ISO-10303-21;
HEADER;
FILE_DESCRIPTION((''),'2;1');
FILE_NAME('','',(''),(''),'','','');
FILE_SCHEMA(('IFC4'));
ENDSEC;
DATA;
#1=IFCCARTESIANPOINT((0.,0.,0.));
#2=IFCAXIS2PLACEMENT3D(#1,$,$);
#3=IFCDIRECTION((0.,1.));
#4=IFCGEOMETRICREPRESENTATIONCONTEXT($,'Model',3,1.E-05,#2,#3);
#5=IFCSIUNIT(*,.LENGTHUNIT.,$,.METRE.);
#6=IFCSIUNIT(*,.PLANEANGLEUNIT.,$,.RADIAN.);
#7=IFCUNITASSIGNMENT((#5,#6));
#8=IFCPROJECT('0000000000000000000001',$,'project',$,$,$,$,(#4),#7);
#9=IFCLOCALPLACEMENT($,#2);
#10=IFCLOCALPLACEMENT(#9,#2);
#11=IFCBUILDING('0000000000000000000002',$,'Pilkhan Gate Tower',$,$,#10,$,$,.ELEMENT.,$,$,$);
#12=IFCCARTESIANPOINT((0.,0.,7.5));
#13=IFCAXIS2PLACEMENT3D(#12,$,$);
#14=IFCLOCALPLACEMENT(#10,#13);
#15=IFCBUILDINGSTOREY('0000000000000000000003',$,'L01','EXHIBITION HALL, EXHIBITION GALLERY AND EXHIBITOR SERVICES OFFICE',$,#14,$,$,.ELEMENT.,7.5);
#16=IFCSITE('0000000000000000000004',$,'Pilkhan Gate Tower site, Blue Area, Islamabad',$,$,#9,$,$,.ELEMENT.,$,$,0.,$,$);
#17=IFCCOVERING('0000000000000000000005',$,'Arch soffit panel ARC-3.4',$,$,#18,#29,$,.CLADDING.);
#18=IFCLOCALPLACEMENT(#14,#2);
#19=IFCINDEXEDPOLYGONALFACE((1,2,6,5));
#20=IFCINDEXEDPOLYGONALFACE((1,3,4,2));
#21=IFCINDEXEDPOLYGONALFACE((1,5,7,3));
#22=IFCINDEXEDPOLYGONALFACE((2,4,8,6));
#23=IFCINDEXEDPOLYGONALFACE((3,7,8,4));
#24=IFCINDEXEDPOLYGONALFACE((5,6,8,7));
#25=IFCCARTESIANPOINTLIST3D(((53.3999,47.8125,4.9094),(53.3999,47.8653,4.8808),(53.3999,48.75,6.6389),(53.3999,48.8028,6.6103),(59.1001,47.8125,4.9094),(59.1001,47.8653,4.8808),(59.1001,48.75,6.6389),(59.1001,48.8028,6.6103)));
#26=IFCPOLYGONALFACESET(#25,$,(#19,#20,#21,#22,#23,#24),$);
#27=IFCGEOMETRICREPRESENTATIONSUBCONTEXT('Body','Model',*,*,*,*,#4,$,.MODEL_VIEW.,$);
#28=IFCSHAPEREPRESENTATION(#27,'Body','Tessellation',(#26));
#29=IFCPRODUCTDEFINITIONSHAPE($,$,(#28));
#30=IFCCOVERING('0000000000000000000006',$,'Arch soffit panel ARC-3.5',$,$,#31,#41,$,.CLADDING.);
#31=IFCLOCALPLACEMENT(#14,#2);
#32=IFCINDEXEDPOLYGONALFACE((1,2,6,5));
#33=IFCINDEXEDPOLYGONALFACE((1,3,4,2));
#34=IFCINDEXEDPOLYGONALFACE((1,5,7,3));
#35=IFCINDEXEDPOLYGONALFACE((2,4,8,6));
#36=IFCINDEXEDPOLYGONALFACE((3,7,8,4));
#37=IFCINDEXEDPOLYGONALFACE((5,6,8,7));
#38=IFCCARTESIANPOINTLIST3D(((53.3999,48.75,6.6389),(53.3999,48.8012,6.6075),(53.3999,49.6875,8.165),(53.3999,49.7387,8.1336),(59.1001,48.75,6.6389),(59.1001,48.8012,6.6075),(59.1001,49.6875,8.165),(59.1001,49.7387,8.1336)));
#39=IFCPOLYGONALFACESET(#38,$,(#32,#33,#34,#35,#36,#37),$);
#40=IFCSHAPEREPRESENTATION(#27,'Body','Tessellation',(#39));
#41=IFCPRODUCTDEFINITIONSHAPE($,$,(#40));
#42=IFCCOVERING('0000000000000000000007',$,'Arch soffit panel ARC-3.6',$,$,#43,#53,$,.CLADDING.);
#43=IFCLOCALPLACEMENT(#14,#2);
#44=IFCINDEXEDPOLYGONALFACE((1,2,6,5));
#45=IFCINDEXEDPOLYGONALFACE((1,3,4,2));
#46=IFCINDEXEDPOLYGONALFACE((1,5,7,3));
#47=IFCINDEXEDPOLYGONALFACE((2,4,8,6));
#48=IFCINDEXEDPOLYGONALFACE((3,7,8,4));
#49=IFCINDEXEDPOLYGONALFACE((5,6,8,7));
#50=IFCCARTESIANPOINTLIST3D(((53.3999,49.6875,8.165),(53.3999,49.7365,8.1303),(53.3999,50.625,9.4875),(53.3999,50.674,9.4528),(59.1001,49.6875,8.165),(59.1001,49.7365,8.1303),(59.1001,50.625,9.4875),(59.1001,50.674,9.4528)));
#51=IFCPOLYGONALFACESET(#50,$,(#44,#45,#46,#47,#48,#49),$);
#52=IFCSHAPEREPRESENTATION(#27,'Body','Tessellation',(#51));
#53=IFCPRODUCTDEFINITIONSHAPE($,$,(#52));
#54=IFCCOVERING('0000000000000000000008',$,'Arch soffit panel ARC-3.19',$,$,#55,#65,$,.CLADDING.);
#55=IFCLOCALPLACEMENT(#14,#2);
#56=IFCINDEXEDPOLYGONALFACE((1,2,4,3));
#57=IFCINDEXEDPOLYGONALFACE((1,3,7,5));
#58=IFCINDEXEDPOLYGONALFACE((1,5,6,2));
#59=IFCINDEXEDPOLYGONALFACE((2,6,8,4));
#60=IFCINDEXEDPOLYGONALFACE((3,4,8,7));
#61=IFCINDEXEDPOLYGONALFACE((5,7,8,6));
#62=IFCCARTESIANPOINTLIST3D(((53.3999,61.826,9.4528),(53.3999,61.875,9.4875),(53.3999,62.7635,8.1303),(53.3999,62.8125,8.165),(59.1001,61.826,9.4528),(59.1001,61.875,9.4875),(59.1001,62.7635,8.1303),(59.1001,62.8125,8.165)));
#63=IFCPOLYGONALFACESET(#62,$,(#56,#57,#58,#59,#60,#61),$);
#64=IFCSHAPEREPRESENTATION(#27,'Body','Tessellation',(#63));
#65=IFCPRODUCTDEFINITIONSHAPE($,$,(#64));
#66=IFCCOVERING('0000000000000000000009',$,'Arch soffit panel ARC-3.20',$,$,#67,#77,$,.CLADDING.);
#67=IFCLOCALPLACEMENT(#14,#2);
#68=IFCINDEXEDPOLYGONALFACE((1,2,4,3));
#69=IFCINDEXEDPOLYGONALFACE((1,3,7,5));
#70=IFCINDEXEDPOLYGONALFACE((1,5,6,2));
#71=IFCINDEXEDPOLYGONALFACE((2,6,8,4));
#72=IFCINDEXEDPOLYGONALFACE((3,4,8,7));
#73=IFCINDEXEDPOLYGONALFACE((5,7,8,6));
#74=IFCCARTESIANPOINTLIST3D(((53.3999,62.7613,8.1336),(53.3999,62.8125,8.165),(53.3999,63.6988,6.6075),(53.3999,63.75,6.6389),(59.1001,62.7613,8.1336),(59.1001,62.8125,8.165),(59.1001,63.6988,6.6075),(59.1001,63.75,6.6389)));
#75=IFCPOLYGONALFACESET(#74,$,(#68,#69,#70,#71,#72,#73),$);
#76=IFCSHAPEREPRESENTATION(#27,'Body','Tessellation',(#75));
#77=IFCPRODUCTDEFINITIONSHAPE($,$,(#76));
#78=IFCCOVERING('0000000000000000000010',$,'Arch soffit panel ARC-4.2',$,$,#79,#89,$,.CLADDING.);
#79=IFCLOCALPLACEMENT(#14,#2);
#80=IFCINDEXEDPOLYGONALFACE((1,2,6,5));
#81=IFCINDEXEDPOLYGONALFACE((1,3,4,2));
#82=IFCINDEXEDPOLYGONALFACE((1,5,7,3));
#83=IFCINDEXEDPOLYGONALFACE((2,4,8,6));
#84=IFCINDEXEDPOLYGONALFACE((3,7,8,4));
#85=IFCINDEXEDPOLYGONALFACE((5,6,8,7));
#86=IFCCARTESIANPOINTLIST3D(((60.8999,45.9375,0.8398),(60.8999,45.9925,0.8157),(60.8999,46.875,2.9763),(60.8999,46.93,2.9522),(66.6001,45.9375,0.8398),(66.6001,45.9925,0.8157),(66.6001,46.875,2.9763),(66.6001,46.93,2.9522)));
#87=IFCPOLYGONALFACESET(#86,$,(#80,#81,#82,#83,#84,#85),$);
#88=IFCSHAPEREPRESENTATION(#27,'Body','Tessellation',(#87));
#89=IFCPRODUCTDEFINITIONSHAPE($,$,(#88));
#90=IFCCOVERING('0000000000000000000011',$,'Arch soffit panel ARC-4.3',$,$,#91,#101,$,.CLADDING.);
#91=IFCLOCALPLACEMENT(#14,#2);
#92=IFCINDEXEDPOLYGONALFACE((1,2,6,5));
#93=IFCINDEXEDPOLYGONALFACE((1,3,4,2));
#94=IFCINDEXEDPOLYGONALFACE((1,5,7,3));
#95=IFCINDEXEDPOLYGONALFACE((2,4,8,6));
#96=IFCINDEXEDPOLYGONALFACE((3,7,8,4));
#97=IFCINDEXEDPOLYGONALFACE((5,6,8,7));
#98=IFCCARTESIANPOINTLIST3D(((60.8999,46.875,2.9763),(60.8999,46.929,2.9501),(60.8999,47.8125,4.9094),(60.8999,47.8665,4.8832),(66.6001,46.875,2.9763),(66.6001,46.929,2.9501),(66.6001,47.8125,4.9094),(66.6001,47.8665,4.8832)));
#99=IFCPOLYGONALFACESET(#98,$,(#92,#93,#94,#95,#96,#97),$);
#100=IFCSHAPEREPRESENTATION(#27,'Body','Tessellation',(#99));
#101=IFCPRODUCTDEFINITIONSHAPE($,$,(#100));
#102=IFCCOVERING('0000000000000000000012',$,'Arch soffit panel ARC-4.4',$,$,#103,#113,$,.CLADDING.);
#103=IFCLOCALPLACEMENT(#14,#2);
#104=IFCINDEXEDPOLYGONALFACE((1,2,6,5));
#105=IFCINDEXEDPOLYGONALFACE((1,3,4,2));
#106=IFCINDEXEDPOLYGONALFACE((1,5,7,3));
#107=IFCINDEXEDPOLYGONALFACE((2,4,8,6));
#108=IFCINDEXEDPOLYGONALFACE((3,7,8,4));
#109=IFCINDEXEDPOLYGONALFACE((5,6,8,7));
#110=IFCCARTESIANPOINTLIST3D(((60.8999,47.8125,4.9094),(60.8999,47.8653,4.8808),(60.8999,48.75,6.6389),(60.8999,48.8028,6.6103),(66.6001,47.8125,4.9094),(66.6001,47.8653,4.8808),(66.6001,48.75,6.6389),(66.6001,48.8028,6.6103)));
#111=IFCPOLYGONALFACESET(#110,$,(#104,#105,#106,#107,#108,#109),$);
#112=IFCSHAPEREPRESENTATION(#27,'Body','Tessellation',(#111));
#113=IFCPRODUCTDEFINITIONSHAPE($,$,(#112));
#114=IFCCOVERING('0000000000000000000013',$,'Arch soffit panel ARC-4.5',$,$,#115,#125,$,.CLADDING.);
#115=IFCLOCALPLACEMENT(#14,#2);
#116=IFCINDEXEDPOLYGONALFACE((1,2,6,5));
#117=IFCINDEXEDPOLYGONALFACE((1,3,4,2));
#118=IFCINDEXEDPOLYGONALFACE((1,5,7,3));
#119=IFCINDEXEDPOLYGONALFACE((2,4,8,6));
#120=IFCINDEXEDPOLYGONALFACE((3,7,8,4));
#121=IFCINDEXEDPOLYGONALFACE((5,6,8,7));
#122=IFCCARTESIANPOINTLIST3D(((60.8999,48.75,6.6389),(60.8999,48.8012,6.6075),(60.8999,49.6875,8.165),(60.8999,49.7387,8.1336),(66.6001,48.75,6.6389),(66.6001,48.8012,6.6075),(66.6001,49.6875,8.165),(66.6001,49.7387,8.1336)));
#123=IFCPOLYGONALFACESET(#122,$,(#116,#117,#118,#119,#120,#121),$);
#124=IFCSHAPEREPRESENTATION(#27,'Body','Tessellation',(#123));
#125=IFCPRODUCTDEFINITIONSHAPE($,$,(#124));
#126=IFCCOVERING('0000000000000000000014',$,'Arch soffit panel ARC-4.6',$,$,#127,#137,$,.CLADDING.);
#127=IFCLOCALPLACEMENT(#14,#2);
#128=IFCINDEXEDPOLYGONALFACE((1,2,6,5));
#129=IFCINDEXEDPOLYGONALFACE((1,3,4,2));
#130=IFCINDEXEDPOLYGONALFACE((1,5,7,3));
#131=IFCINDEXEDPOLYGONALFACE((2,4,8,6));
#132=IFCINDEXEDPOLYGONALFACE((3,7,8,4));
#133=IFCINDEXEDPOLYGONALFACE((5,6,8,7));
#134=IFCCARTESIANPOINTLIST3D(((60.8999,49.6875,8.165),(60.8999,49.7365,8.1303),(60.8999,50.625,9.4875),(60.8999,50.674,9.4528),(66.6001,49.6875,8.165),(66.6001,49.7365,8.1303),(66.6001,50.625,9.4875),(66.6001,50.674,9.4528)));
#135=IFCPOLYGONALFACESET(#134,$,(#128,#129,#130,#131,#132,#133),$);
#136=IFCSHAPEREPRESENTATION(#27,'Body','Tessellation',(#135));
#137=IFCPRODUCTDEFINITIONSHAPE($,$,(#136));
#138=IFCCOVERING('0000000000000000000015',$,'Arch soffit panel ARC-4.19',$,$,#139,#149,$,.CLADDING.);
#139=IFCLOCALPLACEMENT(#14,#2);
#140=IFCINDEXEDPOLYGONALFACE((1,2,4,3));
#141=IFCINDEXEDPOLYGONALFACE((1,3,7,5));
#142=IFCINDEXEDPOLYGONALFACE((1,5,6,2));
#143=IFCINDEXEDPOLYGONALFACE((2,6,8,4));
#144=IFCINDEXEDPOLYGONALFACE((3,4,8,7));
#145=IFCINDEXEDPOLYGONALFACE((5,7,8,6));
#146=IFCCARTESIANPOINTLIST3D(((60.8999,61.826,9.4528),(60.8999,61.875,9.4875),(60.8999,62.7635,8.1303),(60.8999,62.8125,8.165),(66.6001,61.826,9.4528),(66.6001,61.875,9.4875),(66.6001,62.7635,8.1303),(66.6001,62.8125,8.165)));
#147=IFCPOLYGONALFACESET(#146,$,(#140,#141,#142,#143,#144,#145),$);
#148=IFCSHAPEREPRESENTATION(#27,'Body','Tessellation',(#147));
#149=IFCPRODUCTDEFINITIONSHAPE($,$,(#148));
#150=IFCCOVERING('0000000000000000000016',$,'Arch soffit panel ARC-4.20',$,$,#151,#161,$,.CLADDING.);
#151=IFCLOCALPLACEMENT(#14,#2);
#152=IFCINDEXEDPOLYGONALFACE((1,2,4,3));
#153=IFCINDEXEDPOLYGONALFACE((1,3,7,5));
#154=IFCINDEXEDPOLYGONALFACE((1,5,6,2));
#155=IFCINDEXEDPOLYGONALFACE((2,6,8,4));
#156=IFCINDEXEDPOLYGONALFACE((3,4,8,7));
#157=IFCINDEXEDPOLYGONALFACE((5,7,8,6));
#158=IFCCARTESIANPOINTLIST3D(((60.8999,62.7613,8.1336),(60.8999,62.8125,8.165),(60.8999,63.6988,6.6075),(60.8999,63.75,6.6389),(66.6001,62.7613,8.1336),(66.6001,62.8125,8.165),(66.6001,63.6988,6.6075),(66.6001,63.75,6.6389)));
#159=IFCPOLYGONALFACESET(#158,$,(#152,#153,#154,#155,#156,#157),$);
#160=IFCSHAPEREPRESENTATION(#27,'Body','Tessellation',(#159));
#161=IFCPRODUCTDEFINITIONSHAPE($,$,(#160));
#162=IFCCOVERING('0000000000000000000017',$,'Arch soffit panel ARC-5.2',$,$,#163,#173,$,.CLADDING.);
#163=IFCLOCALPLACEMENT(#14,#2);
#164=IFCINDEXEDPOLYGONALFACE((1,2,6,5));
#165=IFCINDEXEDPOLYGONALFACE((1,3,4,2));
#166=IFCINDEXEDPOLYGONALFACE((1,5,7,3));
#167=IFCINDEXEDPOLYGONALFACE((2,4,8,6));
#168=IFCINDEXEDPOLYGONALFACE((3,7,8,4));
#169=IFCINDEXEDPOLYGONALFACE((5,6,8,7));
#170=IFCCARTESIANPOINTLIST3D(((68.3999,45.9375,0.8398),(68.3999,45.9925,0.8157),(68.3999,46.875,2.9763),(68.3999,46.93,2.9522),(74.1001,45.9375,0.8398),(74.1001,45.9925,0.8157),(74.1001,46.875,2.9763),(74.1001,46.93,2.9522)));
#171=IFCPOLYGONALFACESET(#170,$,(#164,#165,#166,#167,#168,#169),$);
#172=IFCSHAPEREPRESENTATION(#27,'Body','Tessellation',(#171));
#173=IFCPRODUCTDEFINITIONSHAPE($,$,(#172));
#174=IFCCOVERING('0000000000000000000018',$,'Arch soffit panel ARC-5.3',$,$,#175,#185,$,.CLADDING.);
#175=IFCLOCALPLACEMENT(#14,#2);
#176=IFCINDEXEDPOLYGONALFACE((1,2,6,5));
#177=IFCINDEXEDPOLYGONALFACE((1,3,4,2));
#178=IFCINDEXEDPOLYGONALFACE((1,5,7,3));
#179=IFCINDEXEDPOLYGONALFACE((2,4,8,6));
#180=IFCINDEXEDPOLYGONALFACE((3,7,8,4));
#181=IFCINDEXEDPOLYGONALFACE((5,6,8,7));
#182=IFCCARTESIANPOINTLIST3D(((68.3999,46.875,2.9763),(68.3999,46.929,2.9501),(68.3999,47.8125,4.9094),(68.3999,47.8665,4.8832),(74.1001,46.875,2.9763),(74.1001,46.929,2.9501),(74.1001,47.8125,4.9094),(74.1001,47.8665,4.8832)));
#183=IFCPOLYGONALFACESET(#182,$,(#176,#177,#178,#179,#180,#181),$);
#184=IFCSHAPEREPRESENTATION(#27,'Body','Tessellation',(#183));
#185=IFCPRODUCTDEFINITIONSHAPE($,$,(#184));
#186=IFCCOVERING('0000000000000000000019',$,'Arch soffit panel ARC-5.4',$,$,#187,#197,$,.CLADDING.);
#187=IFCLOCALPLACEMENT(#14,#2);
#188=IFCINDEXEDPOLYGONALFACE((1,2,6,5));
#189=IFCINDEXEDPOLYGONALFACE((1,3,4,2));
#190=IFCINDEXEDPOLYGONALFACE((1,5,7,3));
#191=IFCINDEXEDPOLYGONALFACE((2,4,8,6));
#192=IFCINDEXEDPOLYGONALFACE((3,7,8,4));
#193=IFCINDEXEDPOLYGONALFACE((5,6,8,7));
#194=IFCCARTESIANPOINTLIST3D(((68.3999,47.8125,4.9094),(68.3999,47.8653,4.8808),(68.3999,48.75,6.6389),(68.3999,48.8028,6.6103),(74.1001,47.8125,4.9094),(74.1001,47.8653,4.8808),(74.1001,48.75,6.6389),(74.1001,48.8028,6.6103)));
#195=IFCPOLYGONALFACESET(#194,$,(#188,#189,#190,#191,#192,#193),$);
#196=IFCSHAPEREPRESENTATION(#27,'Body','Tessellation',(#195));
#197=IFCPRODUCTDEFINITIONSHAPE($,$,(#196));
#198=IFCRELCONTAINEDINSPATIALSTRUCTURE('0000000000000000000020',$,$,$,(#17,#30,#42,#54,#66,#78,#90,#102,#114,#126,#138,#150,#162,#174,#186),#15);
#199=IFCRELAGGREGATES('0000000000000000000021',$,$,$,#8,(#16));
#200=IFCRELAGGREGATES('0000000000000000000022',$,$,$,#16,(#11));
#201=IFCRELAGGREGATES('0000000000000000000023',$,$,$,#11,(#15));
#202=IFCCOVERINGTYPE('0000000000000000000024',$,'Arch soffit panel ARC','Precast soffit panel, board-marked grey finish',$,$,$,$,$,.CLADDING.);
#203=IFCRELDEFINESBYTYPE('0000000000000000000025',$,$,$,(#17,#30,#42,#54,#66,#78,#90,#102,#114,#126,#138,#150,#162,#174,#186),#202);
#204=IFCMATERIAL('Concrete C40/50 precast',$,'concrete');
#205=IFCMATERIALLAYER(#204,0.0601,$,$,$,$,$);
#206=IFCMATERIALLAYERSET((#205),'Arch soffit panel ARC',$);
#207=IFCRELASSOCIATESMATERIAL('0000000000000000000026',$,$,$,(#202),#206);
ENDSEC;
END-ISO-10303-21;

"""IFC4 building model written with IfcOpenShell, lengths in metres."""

from ifc_helpers import new_model, si_unit, direction, frame, origin, place, context, subcontext, project, spatial, polyline, outline, extrude, material, layer, layer_set, type_object, element, save


model = new_model("IFC4")

# Units and contexts
model_context = context("Model", 3, precision=1e-05, world=origin(), true_north=direction((0.0, 1.0)))
body_context = subcontext(model_context, "Body", "Model", "MODEL_VIEW")
ifc_project = project(units=[si_unit("LENGTHUNIT", "METRE"), si_unit("PLANEANGLEUNIT", "RADIAN")], contexts=[model_context])

# Site, building, storey
site_placement = place(None, origin())
site = spatial("IfcSite", under=ifc_project, at=site_placement, Name="Pilkhan Gate Tower site, Blue Area, Islamabad", CompositionType="ELEMENT", RefElevation=0.0)
building_placement = place(site_placement, origin())
building = spatial("IfcBuilding", under=site, at=building_placement, Name="Pilkhan Gate Tower", CompositionType="ELEMENT")
storey_placement = place(building_placement, frame((0.0, 0.0, 7.5)))
storey = spatial("IfcBuildingStorey", under=building, at=storey_placement, Name="L01", Description="EXHIBITION HALL, EXHIBITION GALLERY AND EXHIBITOR SERVICES OFFICE", CompositionType="ELEMENT", Elevation=7.5)

# Coverings
ifc_material_1 = material(Name="Concrete C40/50 precast", Category="concrete")
ifc_layer_1 = layer(ifc_material_1, 0.0601)
ifc_layer_set_1 = layer_set([ifc_layer_1], Name="Arch soffit panel ARC")
covering_type = type_object("IfcCoveringType", Name="Arch soffit panel ARC", Description="Precast soffit panel, board-marked grey finish", PredefinedType="CLADDING", material=ifc_layer_set_1)
covering_1_placement = place(storey_placement, frame((53.3999, 47.8125, 4.9094), z_axis=(0.0, -0.879145, 0.476555), x_axis=(1.0, 0.0, 0.0)))
element("IfcCovering", 1, at=covering_1_placement, inside=storey, type_object=covering_type, Name="Arch soffit panel ARC-3.4", PredefinedType="CLADDING", context=body_context, shape_type="SweptSolid", body=[
    extrude(outline(polyline([(0.0, 0.0), (5.7002, 0.0), (5.7002, 1.9672), (0.0, 1.9672), (0.0, 0.0)])), origin(), (0.0, 0.0, -1.0), 0.0601),
])
covering_2_placement = place(storey_placement, frame((53.3999, 48.75, 6.6389), z_axis=(0.0, -0.85207, 0.523428), x_axis=(1.0, 0.0, 0.0)))
element("IfcCovering", 2, at=covering_2_placement, inside=storey, type_object=covering_type, Name="Arch soffit panel ARC-3.5", PredefinedType="CLADDING", context=body_context, shape_type="SweptSolid", body=[
    extrude(outline(polyline([(0.0, 0.0), (5.7002, 0.0), (5.7002, 1.7911), (0.0, 1.7911), (0.0, 0.0)])), origin(), (0.0, 0.0, -1.0), 0.0601),
])
for number, where, z_axis, x_axis, name in (
    (3, (53.3999, 49.6875, 8.165), (0.0, -0.815814, 0.578314), (1.0, 0.0, 0.0), "Arch soffit panel ARC-3.6"),
    (4, (53.3999, 61.875, 9.4875), (0.0, 0.815814, 0.578314), (1.0, 0.0, 0.0), "Arch soffit panel ARC-3.19"),
):
    element("IfcCovering", number, at=place(storey_placement, frame(where, z_axis=z_axis, x_axis=x_axis)), inside=storey, type_object=covering_type, Name=name, PredefinedType="CLADDING", context=body_context, shape_type="SweptSolid", body=[
        extrude(outline(polyline([(0.0, 0.0), (5.7002, 0.0), (5.7002, 1.6211), (0.0, 1.6211), (0.0, 0.0)])), origin(), (0.0, 0.0, -1.0), 0.0601),
    ])
covering_3_placement = place(storey_placement, frame((53.3999, 62.8125, 8.165), z_axis=(0.0, 0.85207, 0.523428), x_axis=(1.0, 0.0, 0.0)))
element("IfcCovering", 5, at=covering_3_placement, inside=storey, type_object=covering_type, Name="Arch soffit panel ARC-3.20", PredefinedType="CLADDING", context=body_context, shape_type="SweptSolid", body=[
    extrude(outline(polyline([(0.0, 0.0), (5.7002, 0.0), (5.7002, 1.7911), (0.0, 1.7911), (0.0, 0.0)])), origin(), (0.0, 0.0, -1.0), 0.0601),
])
covering_4_placement = place(storey_placement, frame((60.8999, 45.9375, 0.8398), z_axis=(0.0, -0.915717, 0.401823), x_axis=(1.0, 0.0, 0.0)))
element("IfcCovering", 6, at=covering_4_placement, inside=storey, type_object=covering_type, Name="Arch soffit panel ARC-4.2", PredefinedType="CLADDING", context=body_context, shape_type="SweptSolid", body=[
    extrude(outline(polyline([(0.0, 0.0), (5.7002, 0.0), (5.7002, 2.3331), (0.0, 2.3331), (0.0, 0.0)])), origin(), (0.0, 0.0, -1.0), 0.0601),
])
covering_5_placement = place(storey_placement, frame((60.8999, 46.875, 2.9763), z_axis=(0.0, -0.899771, 0.436363), x_axis=(1.0, 0.0, 0.0)))
element("IfcCovering", 7, at=covering_5_placement, inside=storey, type_object=covering_type, Name="Arch soffit panel ARC-4.3", PredefinedType="CLADDING", context=body_context, shape_type="SweptSolid", body=[
    extrude(outline(polyline([(0.0, 0.0), (5.7002, 0.0), (5.7002, 2.1484), (0.0, 2.1484), (0.0, 0.0)])), origin(), (0.0, 0.0, -1.0), 0.0601),
])
covering_6_placement = place(storey_placement, frame((60.8999, 47.8125, 4.9094), z_axis=(0.0, -0.879145, 0.476555), x_axis=(1.0, 0.0, 0.0)))
element("IfcCovering", 8, at=covering_6_placement, inside=storey, type_object=covering_type, Name="Arch soffit panel ARC-4.4", PredefinedType="CLADDING", context=body_context, shape_type="SweptSolid", body=[
    extrude(outline(polyline([(0.0, 0.0), (5.7002, 0.0), (5.7002, 1.9672), (0.0, 1.9672), (0.0, 0.0)])), origin(), (0.0, 0.0, -1.0), 0.0601),
])
covering_7_placement = place(storey_placement, frame((60.8999, 48.75, 6.6389), z_axis=(0.0, -0.85207, 0.523428), x_axis=(1.0, 0.0, 0.0)))
element("IfcCovering", 9, at=covering_7_placement, inside=storey, type_object=covering_type, Name="Arch soffit panel ARC-4.5", PredefinedType="CLADDING", context=body_context, shape_type="SweptSolid", body=[
    extrude(outline(polyline([(0.0, 0.0), (5.7002, 0.0), (5.7002, 1.7911), (0.0, 1.7911), (0.0, 0.0)])), origin(), (0.0, 0.0, -1.0), 0.0601),
])
for number, where, z_axis, x_axis, name in (
    (10, (60.8999, 49.6875, 8.165), (0.0, -0.815814, 0.578314), (1.0, 0.0, 0.0), "Arch soffit panel ARC-4.6"),
    (11, (60.8999, 61.875, 9.4875), (0.0, 0.815814, 0.578314), (1.0, 0.0, 0.0), "Arch soffit panel ARC-4.19"),
):
    element("IfcCovering", number, at=place(storey_placement, frame(where, z_axis=z_axis, x_axis=x_axis)), inside=storey, type_object=covering_type, Name=name, PredefinedType="CLADDING", context=body_context, shape_type="SweptSolid", body=[
        extrude(outline(polyline([(0.0, 0.0), (5.7002, 0.0), (5.7002, 1.6211), (0.0, 1.6211), (0.0, 0.0)])), origin(), (0.0, 0.0, -1.0), 0.0601),
    ])
covering_8_placement = place(storey_placement, frame((60.8999, 62.8125, 8.165), z_axis=(0.0, 0.85207, 0.523428), x_axis=(1.0, 0.0, 0.0)))
element("IfcCovering", 12, at=covering_8_placement, inside=storey, type_object=covering_type, Name="Arch soffit panel ARC-4.20", PredefinedType="CLADDING", context=body_context, shape_type="SweptSolid", body=[
    extrude(outline(polyline([(0.0, 0.0), (5.7002, 0.0), (5.7002, 1.7911), (0.0, 1.7911), (0.0, 0.0)])), origin(), (0.0, 0.0, -1.0), 0.0601),
])
covering_9_placement = place(storey_placement, frame((68.3999, 45.9375, 0.8398), z_axis=(0.0, -0.915717, 0.401823), x_axis=(1.0, 0.0, 0.0)))
element("IfcCovering", 13, at=covering_9_placement, inside=storey, type_object=covering_type, Name="Arch soffit panel ARC-5.2", PredefinedType="CLADDING", context=body_context, shape_type="SweptSolid", body=[
    extrude(outline(polyline([(0.0, 0.0), (5.7002, 0.0), (5.7002, 2.3331), (0.0, 2.3331), (0.0, 0.0)])), origin(), (0.0, 0.0, -1.0), 0.0601),
])
covering_10_placement = place(storey_placement, frame((68.3999, 46.875, 2.9763), z_axis=(0.0, -0.899771, 0.436363), x_axis=(1.0, 0.0, 0.0)))
element("IfcCovering", 14, at=covering_10_placement, inside=storey, type_object=covering_type, Name="Arch soffit panel ARC-5.3", PredefinedType="CLADDING", context=body_context, shape_type="SweptSolid", body=[
    extrude(outline(polyline([(0.0, 0.0), (5.7002, 0.0), (5.7002, 2.1484), (0.0, 2.1484), (0.0, 0.0)])), origin(), (0.0, 0.0, -1.0), 0.0601),
])
covering_11_placement = place(storey_placement, frame((68.3999, 47.8125, 4.9094), z_axis=(0.0, -0.879145, 0.476555), x_axis=(1.0, 0.0, 0.0)))
element("IfcCovering", 15, at=covering_11_placement, inside=storey, type_object=covering_type, Name="Arch soffit panel ARC-5.4", PredefinedType="CLADDING", context=body_context, shape_type="SweptSolid", body=[
    extrude(outline(polyline([(0.0, 0.0), (5.7002, 0.0), (5.7002, 1.9672), (0.0, 1.9672), (0.0, 0.0)])), origin(), (0.0, 0.0, -1.0), 0.0601),
])

save(model, "model.ifc")
